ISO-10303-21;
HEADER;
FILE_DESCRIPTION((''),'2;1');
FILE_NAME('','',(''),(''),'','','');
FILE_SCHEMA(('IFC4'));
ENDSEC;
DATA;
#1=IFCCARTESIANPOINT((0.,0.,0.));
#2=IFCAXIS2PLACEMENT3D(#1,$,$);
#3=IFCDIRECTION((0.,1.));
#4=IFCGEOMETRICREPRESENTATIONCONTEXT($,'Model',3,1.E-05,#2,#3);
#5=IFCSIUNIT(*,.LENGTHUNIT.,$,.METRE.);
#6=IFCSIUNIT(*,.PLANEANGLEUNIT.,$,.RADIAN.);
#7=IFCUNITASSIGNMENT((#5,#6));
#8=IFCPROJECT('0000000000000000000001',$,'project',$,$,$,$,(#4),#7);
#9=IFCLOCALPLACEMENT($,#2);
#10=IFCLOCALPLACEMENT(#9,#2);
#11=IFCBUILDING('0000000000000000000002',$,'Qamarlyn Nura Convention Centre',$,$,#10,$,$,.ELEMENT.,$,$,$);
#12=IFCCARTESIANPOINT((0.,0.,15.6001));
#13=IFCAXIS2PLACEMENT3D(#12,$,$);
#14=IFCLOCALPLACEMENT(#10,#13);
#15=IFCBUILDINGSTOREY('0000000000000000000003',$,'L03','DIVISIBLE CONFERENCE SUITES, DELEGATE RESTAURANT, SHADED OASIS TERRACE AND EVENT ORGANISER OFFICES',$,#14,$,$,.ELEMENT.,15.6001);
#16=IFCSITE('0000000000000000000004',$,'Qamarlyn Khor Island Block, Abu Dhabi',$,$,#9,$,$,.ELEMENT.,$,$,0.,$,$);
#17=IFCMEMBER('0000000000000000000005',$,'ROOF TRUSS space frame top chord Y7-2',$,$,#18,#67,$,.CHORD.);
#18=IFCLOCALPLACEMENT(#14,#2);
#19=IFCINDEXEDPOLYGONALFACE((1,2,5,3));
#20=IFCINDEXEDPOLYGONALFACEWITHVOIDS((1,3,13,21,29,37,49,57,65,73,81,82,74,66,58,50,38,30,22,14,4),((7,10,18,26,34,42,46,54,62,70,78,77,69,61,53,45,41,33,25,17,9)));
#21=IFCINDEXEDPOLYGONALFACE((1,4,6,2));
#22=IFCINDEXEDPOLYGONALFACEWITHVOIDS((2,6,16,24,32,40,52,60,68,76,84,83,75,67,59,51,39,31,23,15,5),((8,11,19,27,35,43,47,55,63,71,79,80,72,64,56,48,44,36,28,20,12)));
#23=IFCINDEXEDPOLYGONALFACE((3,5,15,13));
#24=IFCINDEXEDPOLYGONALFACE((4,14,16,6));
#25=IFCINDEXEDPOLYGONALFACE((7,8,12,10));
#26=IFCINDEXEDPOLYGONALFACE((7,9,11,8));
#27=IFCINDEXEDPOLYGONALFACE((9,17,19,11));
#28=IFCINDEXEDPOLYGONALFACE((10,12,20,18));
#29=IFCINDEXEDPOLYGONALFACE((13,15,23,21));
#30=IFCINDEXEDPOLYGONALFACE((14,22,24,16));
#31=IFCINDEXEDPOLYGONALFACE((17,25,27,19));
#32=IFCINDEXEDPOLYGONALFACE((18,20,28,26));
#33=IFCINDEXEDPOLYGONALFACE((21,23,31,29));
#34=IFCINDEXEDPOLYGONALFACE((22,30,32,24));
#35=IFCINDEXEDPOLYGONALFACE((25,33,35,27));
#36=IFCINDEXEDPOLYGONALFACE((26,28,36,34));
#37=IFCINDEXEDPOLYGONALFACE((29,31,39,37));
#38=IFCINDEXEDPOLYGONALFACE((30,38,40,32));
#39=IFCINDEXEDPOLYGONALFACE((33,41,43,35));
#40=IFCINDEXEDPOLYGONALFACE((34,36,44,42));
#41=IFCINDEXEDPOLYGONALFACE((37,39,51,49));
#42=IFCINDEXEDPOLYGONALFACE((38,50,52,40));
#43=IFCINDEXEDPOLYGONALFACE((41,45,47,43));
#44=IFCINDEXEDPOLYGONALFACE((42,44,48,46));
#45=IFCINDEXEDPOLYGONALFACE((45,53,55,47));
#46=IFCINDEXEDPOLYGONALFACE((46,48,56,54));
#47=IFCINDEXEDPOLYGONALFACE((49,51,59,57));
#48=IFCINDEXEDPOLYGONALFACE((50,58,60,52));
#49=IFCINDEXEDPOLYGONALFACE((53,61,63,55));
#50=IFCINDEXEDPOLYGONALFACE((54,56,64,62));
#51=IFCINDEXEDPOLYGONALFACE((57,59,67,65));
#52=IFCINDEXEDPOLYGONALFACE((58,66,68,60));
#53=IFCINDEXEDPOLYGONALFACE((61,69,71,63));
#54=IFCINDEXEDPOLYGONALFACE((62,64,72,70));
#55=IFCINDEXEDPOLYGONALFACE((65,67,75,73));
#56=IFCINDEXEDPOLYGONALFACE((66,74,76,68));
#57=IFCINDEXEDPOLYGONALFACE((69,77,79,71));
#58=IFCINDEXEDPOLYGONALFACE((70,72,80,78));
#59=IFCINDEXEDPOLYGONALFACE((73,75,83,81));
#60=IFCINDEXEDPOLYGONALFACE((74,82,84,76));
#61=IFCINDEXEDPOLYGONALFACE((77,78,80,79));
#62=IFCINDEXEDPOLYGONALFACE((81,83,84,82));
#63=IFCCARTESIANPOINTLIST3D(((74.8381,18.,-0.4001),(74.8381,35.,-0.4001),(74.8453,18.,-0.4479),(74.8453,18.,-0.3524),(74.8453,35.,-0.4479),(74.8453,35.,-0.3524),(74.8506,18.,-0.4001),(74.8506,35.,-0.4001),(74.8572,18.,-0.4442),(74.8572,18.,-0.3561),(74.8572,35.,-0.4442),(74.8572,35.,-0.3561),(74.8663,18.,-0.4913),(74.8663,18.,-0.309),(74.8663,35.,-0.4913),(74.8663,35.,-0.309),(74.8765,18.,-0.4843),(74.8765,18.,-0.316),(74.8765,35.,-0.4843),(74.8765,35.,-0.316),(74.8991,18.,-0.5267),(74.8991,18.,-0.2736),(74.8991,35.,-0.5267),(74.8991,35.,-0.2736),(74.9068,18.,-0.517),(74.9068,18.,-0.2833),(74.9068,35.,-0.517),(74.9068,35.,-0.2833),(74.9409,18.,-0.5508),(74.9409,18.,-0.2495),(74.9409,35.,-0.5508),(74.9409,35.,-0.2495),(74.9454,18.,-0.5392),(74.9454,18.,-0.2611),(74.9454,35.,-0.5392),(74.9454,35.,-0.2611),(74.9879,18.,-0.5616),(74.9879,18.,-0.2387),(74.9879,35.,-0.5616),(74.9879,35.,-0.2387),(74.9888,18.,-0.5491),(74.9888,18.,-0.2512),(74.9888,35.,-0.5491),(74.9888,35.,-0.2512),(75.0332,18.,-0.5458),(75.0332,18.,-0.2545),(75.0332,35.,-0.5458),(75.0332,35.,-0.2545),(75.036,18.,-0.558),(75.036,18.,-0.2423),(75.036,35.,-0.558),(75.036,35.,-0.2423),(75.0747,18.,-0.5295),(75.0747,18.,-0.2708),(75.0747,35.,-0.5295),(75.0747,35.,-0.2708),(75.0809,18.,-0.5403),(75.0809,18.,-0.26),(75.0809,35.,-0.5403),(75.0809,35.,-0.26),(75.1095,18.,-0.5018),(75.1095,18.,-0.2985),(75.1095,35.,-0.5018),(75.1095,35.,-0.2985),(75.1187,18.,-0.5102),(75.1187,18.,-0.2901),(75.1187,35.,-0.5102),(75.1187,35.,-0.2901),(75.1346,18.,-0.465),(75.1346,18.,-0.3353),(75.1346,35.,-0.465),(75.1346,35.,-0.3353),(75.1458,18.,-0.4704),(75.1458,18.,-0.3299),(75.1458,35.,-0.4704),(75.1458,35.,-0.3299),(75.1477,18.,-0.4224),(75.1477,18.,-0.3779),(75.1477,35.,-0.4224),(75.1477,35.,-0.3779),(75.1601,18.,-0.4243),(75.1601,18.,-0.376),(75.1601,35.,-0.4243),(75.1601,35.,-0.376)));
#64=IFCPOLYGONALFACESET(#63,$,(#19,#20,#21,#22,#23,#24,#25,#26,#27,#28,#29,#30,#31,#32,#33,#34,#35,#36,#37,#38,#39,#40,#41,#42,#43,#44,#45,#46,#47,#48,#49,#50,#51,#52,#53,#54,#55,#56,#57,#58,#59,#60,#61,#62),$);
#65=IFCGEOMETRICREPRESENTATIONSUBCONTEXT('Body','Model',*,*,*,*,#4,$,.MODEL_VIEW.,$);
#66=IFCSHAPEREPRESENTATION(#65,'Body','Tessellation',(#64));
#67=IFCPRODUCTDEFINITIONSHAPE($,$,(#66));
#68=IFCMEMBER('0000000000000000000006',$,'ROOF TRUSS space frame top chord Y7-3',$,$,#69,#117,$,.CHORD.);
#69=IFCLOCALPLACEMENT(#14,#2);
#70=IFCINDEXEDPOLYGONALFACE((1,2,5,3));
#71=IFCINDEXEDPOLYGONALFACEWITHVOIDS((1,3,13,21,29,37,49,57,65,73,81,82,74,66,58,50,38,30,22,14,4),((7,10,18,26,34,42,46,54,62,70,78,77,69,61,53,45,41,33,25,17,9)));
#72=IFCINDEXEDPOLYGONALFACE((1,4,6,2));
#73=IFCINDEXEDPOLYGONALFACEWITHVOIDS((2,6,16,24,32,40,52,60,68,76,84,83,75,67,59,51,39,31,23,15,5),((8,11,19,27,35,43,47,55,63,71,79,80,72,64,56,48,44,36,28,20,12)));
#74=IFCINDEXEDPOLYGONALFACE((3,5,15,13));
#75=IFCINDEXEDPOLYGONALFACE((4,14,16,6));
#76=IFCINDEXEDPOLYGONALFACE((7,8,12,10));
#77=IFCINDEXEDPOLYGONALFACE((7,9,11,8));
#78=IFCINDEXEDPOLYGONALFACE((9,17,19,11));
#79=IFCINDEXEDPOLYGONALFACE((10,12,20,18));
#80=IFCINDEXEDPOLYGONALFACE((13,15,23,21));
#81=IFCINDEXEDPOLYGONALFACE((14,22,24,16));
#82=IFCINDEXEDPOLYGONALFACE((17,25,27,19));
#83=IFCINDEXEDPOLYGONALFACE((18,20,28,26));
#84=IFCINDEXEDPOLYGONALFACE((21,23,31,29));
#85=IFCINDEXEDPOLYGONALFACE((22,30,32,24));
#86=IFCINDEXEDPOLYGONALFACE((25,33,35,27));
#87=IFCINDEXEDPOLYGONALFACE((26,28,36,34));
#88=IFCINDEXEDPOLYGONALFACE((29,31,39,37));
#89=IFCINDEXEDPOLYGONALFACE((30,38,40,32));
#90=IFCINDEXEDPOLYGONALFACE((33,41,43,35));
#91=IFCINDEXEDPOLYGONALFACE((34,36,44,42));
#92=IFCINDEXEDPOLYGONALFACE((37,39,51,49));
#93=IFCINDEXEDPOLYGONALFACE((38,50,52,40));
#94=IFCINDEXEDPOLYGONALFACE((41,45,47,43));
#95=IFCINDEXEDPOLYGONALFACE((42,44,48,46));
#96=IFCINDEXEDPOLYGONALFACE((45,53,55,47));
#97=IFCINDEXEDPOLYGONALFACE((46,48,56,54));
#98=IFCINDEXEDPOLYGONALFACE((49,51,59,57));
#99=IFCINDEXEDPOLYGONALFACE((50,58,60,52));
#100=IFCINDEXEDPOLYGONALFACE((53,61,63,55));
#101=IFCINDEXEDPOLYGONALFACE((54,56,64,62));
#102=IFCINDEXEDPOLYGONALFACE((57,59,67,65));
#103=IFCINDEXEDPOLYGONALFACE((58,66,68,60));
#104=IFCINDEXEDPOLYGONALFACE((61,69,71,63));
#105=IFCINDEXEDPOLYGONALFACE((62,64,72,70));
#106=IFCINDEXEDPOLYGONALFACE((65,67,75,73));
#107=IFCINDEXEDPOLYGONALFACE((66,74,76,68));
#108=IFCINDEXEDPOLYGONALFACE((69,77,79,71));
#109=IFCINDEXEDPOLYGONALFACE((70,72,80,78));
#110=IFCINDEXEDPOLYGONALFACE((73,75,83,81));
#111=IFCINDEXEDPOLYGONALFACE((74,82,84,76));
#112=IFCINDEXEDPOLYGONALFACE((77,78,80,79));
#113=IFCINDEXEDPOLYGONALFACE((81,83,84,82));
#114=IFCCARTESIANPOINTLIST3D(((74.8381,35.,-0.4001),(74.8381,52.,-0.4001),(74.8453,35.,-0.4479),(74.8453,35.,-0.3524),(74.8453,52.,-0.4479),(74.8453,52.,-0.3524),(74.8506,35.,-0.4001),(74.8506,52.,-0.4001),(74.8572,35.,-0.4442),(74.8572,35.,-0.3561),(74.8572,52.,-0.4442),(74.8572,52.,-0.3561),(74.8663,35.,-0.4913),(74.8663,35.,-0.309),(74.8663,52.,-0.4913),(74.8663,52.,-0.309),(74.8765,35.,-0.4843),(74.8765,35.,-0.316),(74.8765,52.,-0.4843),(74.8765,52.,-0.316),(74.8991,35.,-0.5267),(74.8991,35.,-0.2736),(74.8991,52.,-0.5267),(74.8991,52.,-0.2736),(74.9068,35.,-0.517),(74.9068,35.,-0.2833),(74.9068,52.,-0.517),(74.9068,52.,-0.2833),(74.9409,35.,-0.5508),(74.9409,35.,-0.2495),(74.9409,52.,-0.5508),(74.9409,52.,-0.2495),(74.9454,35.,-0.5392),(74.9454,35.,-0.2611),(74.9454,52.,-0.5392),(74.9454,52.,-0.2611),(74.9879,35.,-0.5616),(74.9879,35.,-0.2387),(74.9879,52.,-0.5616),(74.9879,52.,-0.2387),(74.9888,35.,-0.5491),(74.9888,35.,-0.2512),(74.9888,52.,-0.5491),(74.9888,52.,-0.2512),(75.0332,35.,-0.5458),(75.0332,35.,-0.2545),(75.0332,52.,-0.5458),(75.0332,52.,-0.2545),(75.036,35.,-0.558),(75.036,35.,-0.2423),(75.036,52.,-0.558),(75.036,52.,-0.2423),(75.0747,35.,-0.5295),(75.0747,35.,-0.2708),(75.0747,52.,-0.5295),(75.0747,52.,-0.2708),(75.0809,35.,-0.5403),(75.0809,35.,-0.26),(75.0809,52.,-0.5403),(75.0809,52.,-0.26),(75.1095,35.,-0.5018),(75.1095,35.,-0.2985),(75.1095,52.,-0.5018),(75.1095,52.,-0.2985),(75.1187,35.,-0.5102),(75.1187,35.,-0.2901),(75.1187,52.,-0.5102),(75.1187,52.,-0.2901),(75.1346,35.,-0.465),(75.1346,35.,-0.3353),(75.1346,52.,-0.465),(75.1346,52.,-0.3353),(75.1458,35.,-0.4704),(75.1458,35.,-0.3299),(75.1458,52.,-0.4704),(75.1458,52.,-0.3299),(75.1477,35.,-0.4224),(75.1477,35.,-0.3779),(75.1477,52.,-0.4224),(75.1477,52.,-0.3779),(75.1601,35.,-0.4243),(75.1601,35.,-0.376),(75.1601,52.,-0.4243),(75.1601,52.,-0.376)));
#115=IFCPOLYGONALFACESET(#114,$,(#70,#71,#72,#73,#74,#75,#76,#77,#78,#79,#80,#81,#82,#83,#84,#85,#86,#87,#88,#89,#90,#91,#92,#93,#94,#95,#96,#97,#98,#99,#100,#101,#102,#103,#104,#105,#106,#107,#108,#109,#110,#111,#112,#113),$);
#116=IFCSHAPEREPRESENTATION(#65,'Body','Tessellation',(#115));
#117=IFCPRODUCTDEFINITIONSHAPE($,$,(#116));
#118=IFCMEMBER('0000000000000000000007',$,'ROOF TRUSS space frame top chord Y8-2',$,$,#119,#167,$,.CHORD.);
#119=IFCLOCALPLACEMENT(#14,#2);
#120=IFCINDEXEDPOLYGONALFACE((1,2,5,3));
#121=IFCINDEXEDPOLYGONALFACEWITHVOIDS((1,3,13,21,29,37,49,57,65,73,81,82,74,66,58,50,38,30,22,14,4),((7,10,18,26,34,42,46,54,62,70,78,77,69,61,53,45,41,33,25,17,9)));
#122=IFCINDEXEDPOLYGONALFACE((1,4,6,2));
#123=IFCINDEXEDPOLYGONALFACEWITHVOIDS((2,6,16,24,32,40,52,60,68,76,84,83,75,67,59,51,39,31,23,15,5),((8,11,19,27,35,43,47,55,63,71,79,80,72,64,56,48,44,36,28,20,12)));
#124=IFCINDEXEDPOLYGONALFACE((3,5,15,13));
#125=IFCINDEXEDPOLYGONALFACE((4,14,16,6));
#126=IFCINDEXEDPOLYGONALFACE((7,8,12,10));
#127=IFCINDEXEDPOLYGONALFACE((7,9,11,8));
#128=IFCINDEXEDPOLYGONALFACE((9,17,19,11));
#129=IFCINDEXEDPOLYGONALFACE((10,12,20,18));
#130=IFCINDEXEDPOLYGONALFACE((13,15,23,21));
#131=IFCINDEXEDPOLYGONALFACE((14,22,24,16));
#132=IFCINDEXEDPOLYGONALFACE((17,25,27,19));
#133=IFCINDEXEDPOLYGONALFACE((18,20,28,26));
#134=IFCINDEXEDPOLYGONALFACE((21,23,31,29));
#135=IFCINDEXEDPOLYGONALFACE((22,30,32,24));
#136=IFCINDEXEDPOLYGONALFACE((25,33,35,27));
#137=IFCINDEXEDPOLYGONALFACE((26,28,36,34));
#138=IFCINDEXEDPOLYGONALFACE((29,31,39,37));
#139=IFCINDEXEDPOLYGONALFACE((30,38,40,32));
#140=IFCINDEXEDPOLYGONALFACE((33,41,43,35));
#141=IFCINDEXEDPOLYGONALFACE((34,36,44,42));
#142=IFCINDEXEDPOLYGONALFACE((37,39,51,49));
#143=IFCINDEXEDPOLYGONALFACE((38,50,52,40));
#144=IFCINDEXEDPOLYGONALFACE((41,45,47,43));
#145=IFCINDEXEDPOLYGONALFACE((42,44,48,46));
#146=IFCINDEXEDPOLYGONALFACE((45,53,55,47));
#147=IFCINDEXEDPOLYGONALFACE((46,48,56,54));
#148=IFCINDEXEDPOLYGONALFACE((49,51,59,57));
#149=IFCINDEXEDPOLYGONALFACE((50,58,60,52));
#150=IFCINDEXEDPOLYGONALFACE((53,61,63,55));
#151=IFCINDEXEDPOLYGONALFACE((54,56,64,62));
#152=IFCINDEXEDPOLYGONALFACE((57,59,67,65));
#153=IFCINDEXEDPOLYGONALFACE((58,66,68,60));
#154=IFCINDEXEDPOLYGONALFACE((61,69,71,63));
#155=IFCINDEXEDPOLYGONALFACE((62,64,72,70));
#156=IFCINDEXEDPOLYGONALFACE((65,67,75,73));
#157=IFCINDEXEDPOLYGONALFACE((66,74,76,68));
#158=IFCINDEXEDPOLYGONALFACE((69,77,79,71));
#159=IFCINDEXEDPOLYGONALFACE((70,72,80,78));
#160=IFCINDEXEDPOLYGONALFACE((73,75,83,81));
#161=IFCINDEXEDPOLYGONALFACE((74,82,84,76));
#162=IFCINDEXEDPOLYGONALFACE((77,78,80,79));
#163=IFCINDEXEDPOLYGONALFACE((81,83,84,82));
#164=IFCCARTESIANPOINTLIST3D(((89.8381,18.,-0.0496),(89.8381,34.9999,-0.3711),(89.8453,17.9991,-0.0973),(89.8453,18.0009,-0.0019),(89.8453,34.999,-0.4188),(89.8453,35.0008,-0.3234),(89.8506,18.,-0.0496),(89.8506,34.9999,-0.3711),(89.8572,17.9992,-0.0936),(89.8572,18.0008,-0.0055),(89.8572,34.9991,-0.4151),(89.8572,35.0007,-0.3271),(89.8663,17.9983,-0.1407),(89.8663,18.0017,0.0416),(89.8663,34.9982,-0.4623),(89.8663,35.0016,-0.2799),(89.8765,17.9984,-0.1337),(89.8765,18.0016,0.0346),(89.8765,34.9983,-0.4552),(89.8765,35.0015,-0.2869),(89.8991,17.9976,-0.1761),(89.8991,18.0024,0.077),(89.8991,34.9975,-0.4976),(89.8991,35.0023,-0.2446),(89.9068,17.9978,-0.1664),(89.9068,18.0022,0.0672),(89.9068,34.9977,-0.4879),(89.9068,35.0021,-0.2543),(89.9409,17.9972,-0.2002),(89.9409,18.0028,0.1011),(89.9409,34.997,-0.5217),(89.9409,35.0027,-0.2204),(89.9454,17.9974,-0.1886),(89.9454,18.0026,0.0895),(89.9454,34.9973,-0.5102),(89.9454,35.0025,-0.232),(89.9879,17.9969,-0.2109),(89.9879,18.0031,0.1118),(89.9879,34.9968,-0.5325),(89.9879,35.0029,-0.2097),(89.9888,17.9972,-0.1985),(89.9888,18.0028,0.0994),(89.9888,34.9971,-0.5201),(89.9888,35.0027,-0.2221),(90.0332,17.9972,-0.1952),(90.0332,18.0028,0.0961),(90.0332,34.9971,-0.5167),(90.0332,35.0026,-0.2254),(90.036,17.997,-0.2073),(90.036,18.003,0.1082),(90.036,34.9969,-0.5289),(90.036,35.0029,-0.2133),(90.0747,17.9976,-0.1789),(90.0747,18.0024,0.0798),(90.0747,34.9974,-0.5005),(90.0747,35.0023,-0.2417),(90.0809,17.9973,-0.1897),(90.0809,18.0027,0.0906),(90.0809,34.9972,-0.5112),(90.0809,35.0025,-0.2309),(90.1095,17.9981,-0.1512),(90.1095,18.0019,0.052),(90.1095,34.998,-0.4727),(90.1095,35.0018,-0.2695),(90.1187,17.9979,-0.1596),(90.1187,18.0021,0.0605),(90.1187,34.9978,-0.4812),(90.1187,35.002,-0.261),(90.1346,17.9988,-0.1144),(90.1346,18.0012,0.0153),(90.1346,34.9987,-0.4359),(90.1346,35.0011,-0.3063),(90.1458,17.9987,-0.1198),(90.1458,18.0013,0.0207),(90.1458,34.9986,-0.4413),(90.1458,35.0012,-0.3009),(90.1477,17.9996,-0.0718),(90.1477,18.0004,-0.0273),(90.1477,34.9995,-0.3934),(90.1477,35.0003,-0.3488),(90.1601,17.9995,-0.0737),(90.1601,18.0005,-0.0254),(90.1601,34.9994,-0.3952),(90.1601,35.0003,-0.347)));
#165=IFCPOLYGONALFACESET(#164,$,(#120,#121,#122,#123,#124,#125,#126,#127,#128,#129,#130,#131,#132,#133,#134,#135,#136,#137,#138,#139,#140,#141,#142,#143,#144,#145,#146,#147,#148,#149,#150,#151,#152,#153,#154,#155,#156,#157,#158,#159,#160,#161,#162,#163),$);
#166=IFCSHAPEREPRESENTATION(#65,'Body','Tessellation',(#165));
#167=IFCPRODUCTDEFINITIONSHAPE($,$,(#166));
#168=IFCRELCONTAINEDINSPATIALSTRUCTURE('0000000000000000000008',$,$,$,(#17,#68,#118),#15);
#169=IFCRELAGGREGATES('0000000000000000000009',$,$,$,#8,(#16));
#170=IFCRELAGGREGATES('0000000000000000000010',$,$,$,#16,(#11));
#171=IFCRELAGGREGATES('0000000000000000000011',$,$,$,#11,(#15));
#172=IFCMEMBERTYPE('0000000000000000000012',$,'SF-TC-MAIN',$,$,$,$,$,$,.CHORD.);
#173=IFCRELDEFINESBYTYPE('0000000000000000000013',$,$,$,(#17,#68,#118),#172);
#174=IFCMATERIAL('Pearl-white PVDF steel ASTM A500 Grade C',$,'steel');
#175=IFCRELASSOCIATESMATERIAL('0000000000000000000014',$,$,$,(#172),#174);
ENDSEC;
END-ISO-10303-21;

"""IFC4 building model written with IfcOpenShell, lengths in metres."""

from ifc_helpers import new_model, si_unit, direction, frame, origin, origin_2d, place, context, subcontext, project, spatial, hollow_circle, extrude, material, material_profile, profile_set, type_object, element, save


model = new_model("IFC4")

# Units and contexts
model_context = context("Model", 3, precision=1e-05, world=origin(), true_north=direction((0.0, 1.0)))
body_context = subcontext(model_context, "Body", "Model", "MODEL_VIEW")
ifc_project = project(units=[si_unit("LENGTHUNIT", "METRE"), si_unit("PLANEANGLEUNIT", "RADIAN")], contexts=[model_context])

# Site, building, storey
site_placement = place(None, origin())
site = spatial("IfcSite", under=ifc_project, at=site_placement, Name="Qamarlyn Khor Island Block, Abu Dhabi", CompositionType="ELEMENT", RefElevation=0.0)
building_placement = place(site_placement, origin())
building = spatial("IfcBuilding", under=site, at=building_placement, Name="Qamarlyn Nura Convention Centre", CompositionType="ELEMENT")
storey_placement = place(building_placement, frame((0.0, 0.0, 15.6001)))
storey = spatial("IfcBuildingStorey", under=building, at=storey_placement, Name="L03", Description="DIVISIBLE CONFERENCE SUITES, DELEGATE RESTAURANT, SHADED OASIS TERRACE AND EVENT ORGANISER OFFICES", CompositionType="ELEMENT", Elevation=15.6001)

# Members
ifc_material_1 = material(Name="Pearl-white PVDF steel ASTM A500 Grade C", Category="steel")
ifc_material_profile_1 = material_profile(ifc_material_1, hollow_circle(Radius=0.1619, WallThickness=0.0125, at=origin_2d()), Name="CHS323.9X12.5")
ifc_profile_set_1 = profile_set([ifc_material_profile_1], Name="Pearl-white PVDF steel ASTM A500 Grade C")
member_type_1 = type_object("IfcMemberType", Name="SF-TC-MAIN", PredefinedType="CHORD", material=ifc_profile_set_1)
for number, where, z_axis, x_axis, name in (
    (1, (75.0, 18.0, -0.4001), (0.0, 1.0, 0.0), (-1.0, 0.0, 0.0), "ROOF TRUSS space frame top chord Y7-2"),
    (2, (75.0, 35.0, -0.4001), (0.0, 1.0, 0.0), (-1.0, 0.0, 0.0), "ROOF TRUSS space frame top chord Y7-3"),
):
    element("IfcMember", number, at=place(storey_placement, frame(where, z_axis=z_axis, x_axis=x_axis)), inside=storey, type_object=member_type_1, Name=name, PredefinedType="CHORD", context=body_context, shape_type="SweptSolid", body=[
        extrude(hollow_circle(Radius=0.1619, WallThickness=0.0125, at=origin_2d()), origin(), (0.0, 0.0, 1.0), 17.0),
    ])
member_1_placement = place(storey_placement, frame((90.0, 18.0, -0.0496), z_axis=(0.0, 0.999821, -0.01891), x_axis=(-1.0, 0.0, 0.0)))
element("IfcMember", 3, at=member_1_placement, inside=storey, type_object=member_type_1, Name="ROOF TRUSS space frame top chord Y8-2", PredefinedType="CHORD", context=body_context, shape_type="SweptSolid", body=[
    extrude(hollow_circle(Radius=0.1619, WallThickness=0.0125, at=origin_2d()), origin(), (0.0, 0.0, 1.0), 17.0029),
])

save(model, "model.ifc")
